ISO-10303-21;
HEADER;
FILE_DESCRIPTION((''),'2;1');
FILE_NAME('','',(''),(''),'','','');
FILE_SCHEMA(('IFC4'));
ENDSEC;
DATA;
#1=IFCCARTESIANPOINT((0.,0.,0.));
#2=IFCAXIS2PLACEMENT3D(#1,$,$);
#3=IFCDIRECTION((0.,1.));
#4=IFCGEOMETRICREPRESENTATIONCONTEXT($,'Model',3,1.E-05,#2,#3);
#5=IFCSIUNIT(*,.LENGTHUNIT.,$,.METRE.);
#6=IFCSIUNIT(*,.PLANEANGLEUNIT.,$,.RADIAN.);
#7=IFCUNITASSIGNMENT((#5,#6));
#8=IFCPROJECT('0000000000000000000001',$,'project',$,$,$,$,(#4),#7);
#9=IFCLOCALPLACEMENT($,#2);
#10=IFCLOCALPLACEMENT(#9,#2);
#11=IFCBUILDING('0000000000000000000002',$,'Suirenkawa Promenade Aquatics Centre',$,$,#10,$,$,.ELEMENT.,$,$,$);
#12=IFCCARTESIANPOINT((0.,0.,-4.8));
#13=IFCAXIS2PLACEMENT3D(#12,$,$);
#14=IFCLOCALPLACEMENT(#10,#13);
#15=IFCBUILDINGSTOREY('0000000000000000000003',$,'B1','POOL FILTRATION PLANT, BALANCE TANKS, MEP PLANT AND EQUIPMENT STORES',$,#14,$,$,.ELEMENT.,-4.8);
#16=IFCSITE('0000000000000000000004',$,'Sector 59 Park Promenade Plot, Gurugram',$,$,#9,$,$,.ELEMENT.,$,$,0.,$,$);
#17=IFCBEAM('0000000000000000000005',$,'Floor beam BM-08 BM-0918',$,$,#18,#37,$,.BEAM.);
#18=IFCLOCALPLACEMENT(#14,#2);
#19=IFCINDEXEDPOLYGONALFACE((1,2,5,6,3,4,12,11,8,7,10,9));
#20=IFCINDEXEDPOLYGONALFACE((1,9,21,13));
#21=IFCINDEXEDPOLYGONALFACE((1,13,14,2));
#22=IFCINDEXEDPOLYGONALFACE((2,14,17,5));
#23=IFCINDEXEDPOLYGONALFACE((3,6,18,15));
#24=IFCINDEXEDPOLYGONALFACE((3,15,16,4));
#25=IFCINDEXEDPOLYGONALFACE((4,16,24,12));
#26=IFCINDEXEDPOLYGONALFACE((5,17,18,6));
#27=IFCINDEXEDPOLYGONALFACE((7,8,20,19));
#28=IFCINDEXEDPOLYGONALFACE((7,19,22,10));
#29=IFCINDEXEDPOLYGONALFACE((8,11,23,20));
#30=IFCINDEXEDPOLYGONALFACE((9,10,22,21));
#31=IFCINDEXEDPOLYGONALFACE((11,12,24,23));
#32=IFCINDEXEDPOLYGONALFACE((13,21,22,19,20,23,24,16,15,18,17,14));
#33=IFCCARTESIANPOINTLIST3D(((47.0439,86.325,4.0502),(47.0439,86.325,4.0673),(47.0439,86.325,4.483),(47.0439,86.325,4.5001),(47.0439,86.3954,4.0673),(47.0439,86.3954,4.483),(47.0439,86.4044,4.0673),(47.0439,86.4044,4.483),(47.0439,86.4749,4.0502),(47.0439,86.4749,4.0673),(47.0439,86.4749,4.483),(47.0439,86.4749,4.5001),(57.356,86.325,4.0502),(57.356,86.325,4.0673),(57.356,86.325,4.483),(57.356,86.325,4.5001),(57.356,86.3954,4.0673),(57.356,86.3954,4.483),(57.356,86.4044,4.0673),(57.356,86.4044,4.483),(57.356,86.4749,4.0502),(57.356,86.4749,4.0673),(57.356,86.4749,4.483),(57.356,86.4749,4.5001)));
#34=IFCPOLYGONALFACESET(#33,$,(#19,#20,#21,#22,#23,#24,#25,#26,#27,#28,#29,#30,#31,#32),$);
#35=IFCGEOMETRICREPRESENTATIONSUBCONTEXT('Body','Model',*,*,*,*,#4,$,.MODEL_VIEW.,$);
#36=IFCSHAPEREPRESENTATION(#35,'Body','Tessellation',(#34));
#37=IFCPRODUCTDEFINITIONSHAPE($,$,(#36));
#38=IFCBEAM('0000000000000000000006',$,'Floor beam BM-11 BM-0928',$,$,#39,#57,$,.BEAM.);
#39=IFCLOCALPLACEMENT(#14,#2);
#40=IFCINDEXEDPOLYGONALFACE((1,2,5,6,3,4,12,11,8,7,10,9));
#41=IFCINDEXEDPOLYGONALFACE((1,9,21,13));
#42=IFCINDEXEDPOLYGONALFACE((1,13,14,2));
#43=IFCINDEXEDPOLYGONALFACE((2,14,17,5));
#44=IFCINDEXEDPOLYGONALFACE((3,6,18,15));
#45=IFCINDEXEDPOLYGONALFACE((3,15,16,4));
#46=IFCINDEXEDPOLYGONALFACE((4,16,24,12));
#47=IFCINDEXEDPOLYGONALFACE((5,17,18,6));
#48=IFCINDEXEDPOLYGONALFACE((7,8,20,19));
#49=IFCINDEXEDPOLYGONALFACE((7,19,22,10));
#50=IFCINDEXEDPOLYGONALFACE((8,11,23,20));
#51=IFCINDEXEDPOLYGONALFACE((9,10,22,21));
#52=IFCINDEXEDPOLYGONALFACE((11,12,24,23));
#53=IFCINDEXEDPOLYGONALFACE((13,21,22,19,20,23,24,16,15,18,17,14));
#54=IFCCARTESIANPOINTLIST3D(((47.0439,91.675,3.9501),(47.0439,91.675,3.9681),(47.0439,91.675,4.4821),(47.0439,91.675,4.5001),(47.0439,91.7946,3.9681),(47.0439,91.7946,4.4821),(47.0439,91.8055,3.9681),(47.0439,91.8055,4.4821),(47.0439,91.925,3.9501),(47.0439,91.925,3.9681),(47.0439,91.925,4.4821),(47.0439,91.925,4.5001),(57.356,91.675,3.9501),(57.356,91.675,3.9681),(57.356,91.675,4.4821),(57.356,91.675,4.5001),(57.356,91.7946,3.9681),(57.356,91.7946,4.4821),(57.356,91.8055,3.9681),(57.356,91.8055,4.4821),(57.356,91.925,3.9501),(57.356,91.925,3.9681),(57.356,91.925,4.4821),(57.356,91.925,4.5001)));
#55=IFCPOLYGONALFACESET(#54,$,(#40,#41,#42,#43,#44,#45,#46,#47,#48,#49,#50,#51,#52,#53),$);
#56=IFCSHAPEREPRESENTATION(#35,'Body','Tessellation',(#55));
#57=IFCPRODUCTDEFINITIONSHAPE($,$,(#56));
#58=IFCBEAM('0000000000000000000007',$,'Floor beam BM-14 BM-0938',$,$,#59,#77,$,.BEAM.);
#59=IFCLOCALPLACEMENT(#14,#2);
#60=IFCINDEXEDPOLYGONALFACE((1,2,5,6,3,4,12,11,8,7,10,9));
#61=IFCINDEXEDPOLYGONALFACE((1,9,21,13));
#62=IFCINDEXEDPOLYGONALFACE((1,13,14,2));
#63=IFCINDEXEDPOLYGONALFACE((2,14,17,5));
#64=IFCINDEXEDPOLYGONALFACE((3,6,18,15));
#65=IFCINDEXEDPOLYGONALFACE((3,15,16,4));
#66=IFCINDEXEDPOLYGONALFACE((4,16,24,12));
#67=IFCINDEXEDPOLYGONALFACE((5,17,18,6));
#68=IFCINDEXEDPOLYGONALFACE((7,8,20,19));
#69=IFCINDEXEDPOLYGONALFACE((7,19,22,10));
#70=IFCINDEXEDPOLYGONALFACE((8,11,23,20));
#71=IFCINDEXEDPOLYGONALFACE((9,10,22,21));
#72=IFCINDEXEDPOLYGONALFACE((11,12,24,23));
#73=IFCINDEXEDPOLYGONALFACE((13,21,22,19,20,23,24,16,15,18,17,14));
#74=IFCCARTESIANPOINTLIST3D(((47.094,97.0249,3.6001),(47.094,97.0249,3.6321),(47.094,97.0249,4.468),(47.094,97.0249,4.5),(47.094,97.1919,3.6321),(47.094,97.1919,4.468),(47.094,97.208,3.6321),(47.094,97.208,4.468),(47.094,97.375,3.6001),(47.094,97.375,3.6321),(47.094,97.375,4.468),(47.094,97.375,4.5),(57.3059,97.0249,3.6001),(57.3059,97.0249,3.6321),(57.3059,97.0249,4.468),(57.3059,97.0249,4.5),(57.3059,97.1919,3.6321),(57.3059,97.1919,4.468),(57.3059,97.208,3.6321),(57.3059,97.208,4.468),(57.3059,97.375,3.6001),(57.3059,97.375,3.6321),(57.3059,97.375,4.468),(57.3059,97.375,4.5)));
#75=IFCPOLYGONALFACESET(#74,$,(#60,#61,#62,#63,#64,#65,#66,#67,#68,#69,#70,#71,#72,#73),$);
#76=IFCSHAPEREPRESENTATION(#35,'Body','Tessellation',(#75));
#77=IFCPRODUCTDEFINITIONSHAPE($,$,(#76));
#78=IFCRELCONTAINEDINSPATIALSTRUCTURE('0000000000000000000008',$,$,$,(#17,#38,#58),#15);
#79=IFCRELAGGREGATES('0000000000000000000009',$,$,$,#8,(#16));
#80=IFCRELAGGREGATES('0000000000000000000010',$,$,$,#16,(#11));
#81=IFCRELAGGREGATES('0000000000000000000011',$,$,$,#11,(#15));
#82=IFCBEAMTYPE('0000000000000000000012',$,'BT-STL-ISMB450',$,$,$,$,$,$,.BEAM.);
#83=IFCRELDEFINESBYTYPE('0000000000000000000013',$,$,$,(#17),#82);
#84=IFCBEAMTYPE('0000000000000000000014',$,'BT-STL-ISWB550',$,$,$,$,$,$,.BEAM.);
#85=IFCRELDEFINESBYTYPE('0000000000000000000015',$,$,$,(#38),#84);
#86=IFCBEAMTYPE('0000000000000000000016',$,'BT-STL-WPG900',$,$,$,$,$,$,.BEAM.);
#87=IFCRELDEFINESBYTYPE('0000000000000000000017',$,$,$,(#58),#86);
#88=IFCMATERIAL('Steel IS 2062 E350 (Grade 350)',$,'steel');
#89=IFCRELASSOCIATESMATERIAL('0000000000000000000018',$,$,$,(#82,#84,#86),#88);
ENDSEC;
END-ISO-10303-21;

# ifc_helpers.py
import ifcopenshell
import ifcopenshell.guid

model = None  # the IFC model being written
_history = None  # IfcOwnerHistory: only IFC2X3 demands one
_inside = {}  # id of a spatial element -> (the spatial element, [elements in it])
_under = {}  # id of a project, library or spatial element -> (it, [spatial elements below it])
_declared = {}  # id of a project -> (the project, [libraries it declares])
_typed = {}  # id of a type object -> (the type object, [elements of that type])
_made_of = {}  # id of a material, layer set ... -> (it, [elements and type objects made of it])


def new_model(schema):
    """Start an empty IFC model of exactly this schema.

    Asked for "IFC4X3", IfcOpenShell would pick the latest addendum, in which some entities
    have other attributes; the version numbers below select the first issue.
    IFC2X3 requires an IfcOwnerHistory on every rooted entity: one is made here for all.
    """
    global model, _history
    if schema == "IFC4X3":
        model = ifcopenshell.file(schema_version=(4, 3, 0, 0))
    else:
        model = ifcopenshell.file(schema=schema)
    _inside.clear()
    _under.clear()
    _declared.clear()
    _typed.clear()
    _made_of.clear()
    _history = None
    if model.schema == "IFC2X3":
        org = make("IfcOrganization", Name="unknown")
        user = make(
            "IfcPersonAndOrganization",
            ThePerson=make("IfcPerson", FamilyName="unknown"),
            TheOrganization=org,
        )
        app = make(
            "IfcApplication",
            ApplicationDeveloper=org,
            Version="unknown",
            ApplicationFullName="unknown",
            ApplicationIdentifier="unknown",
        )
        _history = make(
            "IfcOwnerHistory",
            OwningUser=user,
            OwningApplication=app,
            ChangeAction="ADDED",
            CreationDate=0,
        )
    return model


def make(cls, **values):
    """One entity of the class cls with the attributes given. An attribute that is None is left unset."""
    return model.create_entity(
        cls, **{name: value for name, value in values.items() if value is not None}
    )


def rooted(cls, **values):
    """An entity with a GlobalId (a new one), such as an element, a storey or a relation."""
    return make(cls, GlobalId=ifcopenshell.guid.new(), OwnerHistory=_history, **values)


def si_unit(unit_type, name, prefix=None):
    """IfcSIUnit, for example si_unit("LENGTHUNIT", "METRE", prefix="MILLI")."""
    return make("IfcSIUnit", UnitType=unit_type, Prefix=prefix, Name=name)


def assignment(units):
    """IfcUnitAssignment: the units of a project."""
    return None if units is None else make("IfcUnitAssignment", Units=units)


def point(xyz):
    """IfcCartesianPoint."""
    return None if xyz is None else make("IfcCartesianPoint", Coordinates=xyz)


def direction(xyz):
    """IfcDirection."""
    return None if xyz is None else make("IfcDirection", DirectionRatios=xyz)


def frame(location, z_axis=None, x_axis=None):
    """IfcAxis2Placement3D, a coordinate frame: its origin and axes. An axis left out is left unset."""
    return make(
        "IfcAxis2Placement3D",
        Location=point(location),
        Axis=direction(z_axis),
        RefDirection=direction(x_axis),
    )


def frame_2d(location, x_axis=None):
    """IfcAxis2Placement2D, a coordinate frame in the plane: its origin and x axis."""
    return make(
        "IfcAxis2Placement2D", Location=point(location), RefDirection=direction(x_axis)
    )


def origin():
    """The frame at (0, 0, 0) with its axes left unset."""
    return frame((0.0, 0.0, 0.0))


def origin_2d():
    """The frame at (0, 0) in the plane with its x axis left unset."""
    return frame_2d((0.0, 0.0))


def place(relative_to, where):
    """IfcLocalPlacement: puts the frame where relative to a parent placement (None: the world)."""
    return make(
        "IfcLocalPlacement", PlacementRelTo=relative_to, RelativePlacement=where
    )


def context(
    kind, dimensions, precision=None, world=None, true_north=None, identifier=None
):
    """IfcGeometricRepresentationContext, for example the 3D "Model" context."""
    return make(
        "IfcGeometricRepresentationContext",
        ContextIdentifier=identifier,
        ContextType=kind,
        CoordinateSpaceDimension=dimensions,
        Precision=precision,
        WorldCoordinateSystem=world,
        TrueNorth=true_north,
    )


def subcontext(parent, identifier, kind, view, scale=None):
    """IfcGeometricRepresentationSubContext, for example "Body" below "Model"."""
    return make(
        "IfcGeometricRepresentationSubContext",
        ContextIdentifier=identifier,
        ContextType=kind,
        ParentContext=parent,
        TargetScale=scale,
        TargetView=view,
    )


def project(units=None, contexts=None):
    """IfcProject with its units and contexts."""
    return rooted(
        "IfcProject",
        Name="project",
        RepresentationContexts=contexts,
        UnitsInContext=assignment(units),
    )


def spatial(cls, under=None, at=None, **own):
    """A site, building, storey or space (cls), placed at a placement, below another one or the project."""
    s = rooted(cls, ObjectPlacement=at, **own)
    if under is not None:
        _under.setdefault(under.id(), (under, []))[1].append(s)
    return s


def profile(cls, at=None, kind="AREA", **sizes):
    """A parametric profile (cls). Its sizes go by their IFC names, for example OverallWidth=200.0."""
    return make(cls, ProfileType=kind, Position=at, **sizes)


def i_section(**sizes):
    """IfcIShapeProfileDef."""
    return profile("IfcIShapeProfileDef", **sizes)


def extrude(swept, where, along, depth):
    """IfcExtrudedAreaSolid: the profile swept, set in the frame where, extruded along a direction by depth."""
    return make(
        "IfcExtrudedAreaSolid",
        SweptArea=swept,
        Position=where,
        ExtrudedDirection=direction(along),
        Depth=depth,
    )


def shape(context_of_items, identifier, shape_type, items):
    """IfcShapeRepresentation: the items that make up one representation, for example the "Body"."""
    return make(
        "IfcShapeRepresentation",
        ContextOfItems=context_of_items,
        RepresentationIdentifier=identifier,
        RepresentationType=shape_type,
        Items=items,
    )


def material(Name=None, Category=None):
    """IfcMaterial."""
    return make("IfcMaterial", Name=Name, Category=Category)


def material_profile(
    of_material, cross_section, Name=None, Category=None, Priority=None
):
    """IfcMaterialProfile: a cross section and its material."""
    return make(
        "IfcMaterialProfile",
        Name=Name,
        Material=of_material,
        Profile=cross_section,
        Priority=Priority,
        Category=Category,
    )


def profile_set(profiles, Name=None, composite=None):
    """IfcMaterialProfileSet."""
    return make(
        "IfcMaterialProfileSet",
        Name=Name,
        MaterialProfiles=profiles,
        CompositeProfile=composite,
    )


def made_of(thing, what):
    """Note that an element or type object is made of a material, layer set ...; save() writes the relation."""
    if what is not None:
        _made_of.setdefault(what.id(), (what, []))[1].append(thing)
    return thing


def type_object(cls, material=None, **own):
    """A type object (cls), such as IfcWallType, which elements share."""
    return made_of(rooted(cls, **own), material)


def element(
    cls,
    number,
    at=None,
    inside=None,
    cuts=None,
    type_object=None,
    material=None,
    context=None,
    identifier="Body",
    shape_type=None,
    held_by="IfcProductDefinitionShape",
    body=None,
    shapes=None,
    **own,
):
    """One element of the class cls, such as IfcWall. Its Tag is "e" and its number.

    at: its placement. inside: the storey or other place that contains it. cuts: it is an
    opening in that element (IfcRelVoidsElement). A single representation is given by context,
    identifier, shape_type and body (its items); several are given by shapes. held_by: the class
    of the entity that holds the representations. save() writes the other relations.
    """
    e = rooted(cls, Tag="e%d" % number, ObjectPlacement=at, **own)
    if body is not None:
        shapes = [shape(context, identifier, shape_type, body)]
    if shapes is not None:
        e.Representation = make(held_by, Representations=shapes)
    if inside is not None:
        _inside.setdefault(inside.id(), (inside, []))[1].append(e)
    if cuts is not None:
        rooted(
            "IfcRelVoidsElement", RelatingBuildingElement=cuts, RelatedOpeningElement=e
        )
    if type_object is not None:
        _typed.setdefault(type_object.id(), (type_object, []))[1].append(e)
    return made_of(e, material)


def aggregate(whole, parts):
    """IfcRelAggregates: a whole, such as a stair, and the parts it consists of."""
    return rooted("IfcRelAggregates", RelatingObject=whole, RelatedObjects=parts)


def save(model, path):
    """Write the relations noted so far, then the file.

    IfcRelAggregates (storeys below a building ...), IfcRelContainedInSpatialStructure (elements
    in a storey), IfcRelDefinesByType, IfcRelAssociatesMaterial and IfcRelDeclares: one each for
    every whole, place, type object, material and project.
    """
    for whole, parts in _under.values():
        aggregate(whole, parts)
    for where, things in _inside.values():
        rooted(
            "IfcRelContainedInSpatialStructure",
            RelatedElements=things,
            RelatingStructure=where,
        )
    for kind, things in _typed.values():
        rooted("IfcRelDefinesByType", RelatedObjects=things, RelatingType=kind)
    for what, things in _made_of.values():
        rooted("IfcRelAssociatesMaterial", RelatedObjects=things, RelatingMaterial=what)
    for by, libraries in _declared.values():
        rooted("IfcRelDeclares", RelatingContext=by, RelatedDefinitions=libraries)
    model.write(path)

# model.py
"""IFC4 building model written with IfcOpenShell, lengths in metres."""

from ifc_helpers import new_model, si_unit, direction, frame, origin, origin_2d, place, context, subcontext, project, spatial, i_section, extrude, material, material_profile, profile_set, type_object, element, save


model = new_model("IFC4")

# Units and contexts
model_context = context("Model", 3, precision=1e-05, world=origin(), true_north=direction((0.0, 1.0)))
body_context = subcontext(model_context, "Body", "Model", "MODEL_VIEW")
ifc_project = project(units=[si_unit("LENGTHUNIT", "METRE"), si_unit("PLANEANGLEUNIT", "RADIAN")], contexts=[model_context])

# Site, building, storey
site_placement = place(None, origin())
site = spatial("IfcSite", under=ifc_project, at=site_placement, Name="Sector 59 Park Promenade Plot, Gurugram", CompositionType="ELEMENT", RefElevation=0.0)
building_placement = place(site_placement, origin())
building = spatial("IfcBuilding", under=site, at=building_placement, Name="Suirenkawa Promenade Aquatics Centre", CompositionType="ELEMENT")
storey_placement = place(building_placement, frame((0.0, 0.0, -4.8)))
storey = spatial("IfcBuildingStorey", under=building, at=storey_placement, Name="B1", Description="POOL FILTRATION PLANT, BALANCE TANKS, MEP PLANT AND EQUIPMENT STORES", CompositionType="ELEMENT", Elevation=-4.8)

# Beams
ifc_material_1 = material(Name="Steel IS 2062 E350 (Grade 350)", Category="steel")
ifc_material_profile_1 = material_profile(ifc_material_1, i_section(OverallWidth=0.1499, OverallDepth=0.45, WebThickness=0.009, FlangeThickness=0.0171, at=origin_2d()), Name="ISMB 450", Category="steel")
ifc_profile_set_1 = profile_set([ifc_material_profile_1], Name="Steel IS 2062 E350 (Grade 350)")
beam_type_1 = type_object("IfcBeamType", Name="BT-STL-ISMB450", PredefinedType="BEAM", material=ifc_profile_set_1)
beam_1_placement = place(storey_placement, frame((47.0439, 86.3999, 4.2751), z_axis=(1.0, 0.0, 0.0), x_axis=(0.0, 1.0, 0.0)))
element("IfcBeam", 1, at=beam_1_placement, inside=storey, type_object=beam_type_1, Name="Floor beam BM-08 BM-0918", PredefinedType="BEAM", context=body_context, shape_type="SweptSolid", body=[
    extrude(i_section(OverallWidth=0.1499, OverallDepth=0.45, WebThickness=0.009, FlangeThickness=0.0171, at=origin_2d()), origin(), (0.0, 0.0, 1.0), 10.312),
])
ifc_material_profile_2 = material_profile(ifc_material_1, i_section(OverallWidth=0.25, OverallDepth=0.55, WebThickness=0.011, FlangeThickness=0.0181, at=origin_2d()), Name="ISWB 550", Category="steel")
ifc_profile_set_2 = profile_set([ifc_material_profile_2], Name="Steel IS 2062 E350 (Grade 350)")
beam_type_2 = type_object("IfcBeamType", Name="BT-STL-ISWB550", PredefinedType="BEAM", material=ifc_profile_set_2)
beam_2_placement = place(storey_placement, frame((47.0439, 91.8, 4.2251), z_axis=(1.0, 0.0, 0.0), x_axis=(0.0, 1.0, 0.0)))
element("IfcBeam", 2, at=beam_2_placement, inside=storey, type_object=beam_type_2, Name="Floor beam BM-11 BM-0928", PredefinedType="BEAM", context=body_context, shape_type="SweptSolid", body=[
    extrude(i_section(OverallWidth=0.25, OverallDepth=0.55, WebThickness=0.011, FlangeThickness=0.0181, at=origin_2d()), origin(), (0.0, 0.0, 1.0), 10.312),
])
ifc_material_profile_3 = material_profile(ifc_material_1, i_section(OverallWidth=0.3501, OverallDepth=0.8999, WebThickness=0.0161, FlangeThickness=0.032, at=origin_2d()), Name="WPG 900x350", Category="steel")
ifc_profile_set_3 = profile_set([ifc_material_profile_3], Name="Steel IS 2062 E350 (Grade 350)")
beam_type_3 = type_object("IfcBeamType", Name="BT-STL-WPG900", PredefinedType="BEAM", material=ifc_profile_set_3)
beam_3_placement = place(storey_placement, frame((47.094, 97.2, 4.05), z_axis=(1.0, 0.0, 0.0), x_axis=(0.0, 1.0, 0.0)))
element("IfcBeam", 3, at=beam_3_placement, inside=storey, type_object=beam_type_3, Name="Floor beam BM-14 BM-0938", PredefinedType="BEAM", context=body_context, shape_type="SweptSolid", body=[
    extrude(i_section(OverallWidth=0.3501, OverallDepth=0.8999, WebThickness=0.0161, FlangeThickness=0.032, at=origin_2d()), origin(), (0.0, 0.0, 1.0), 10.2119),
])

save(model, "model.ifc")
